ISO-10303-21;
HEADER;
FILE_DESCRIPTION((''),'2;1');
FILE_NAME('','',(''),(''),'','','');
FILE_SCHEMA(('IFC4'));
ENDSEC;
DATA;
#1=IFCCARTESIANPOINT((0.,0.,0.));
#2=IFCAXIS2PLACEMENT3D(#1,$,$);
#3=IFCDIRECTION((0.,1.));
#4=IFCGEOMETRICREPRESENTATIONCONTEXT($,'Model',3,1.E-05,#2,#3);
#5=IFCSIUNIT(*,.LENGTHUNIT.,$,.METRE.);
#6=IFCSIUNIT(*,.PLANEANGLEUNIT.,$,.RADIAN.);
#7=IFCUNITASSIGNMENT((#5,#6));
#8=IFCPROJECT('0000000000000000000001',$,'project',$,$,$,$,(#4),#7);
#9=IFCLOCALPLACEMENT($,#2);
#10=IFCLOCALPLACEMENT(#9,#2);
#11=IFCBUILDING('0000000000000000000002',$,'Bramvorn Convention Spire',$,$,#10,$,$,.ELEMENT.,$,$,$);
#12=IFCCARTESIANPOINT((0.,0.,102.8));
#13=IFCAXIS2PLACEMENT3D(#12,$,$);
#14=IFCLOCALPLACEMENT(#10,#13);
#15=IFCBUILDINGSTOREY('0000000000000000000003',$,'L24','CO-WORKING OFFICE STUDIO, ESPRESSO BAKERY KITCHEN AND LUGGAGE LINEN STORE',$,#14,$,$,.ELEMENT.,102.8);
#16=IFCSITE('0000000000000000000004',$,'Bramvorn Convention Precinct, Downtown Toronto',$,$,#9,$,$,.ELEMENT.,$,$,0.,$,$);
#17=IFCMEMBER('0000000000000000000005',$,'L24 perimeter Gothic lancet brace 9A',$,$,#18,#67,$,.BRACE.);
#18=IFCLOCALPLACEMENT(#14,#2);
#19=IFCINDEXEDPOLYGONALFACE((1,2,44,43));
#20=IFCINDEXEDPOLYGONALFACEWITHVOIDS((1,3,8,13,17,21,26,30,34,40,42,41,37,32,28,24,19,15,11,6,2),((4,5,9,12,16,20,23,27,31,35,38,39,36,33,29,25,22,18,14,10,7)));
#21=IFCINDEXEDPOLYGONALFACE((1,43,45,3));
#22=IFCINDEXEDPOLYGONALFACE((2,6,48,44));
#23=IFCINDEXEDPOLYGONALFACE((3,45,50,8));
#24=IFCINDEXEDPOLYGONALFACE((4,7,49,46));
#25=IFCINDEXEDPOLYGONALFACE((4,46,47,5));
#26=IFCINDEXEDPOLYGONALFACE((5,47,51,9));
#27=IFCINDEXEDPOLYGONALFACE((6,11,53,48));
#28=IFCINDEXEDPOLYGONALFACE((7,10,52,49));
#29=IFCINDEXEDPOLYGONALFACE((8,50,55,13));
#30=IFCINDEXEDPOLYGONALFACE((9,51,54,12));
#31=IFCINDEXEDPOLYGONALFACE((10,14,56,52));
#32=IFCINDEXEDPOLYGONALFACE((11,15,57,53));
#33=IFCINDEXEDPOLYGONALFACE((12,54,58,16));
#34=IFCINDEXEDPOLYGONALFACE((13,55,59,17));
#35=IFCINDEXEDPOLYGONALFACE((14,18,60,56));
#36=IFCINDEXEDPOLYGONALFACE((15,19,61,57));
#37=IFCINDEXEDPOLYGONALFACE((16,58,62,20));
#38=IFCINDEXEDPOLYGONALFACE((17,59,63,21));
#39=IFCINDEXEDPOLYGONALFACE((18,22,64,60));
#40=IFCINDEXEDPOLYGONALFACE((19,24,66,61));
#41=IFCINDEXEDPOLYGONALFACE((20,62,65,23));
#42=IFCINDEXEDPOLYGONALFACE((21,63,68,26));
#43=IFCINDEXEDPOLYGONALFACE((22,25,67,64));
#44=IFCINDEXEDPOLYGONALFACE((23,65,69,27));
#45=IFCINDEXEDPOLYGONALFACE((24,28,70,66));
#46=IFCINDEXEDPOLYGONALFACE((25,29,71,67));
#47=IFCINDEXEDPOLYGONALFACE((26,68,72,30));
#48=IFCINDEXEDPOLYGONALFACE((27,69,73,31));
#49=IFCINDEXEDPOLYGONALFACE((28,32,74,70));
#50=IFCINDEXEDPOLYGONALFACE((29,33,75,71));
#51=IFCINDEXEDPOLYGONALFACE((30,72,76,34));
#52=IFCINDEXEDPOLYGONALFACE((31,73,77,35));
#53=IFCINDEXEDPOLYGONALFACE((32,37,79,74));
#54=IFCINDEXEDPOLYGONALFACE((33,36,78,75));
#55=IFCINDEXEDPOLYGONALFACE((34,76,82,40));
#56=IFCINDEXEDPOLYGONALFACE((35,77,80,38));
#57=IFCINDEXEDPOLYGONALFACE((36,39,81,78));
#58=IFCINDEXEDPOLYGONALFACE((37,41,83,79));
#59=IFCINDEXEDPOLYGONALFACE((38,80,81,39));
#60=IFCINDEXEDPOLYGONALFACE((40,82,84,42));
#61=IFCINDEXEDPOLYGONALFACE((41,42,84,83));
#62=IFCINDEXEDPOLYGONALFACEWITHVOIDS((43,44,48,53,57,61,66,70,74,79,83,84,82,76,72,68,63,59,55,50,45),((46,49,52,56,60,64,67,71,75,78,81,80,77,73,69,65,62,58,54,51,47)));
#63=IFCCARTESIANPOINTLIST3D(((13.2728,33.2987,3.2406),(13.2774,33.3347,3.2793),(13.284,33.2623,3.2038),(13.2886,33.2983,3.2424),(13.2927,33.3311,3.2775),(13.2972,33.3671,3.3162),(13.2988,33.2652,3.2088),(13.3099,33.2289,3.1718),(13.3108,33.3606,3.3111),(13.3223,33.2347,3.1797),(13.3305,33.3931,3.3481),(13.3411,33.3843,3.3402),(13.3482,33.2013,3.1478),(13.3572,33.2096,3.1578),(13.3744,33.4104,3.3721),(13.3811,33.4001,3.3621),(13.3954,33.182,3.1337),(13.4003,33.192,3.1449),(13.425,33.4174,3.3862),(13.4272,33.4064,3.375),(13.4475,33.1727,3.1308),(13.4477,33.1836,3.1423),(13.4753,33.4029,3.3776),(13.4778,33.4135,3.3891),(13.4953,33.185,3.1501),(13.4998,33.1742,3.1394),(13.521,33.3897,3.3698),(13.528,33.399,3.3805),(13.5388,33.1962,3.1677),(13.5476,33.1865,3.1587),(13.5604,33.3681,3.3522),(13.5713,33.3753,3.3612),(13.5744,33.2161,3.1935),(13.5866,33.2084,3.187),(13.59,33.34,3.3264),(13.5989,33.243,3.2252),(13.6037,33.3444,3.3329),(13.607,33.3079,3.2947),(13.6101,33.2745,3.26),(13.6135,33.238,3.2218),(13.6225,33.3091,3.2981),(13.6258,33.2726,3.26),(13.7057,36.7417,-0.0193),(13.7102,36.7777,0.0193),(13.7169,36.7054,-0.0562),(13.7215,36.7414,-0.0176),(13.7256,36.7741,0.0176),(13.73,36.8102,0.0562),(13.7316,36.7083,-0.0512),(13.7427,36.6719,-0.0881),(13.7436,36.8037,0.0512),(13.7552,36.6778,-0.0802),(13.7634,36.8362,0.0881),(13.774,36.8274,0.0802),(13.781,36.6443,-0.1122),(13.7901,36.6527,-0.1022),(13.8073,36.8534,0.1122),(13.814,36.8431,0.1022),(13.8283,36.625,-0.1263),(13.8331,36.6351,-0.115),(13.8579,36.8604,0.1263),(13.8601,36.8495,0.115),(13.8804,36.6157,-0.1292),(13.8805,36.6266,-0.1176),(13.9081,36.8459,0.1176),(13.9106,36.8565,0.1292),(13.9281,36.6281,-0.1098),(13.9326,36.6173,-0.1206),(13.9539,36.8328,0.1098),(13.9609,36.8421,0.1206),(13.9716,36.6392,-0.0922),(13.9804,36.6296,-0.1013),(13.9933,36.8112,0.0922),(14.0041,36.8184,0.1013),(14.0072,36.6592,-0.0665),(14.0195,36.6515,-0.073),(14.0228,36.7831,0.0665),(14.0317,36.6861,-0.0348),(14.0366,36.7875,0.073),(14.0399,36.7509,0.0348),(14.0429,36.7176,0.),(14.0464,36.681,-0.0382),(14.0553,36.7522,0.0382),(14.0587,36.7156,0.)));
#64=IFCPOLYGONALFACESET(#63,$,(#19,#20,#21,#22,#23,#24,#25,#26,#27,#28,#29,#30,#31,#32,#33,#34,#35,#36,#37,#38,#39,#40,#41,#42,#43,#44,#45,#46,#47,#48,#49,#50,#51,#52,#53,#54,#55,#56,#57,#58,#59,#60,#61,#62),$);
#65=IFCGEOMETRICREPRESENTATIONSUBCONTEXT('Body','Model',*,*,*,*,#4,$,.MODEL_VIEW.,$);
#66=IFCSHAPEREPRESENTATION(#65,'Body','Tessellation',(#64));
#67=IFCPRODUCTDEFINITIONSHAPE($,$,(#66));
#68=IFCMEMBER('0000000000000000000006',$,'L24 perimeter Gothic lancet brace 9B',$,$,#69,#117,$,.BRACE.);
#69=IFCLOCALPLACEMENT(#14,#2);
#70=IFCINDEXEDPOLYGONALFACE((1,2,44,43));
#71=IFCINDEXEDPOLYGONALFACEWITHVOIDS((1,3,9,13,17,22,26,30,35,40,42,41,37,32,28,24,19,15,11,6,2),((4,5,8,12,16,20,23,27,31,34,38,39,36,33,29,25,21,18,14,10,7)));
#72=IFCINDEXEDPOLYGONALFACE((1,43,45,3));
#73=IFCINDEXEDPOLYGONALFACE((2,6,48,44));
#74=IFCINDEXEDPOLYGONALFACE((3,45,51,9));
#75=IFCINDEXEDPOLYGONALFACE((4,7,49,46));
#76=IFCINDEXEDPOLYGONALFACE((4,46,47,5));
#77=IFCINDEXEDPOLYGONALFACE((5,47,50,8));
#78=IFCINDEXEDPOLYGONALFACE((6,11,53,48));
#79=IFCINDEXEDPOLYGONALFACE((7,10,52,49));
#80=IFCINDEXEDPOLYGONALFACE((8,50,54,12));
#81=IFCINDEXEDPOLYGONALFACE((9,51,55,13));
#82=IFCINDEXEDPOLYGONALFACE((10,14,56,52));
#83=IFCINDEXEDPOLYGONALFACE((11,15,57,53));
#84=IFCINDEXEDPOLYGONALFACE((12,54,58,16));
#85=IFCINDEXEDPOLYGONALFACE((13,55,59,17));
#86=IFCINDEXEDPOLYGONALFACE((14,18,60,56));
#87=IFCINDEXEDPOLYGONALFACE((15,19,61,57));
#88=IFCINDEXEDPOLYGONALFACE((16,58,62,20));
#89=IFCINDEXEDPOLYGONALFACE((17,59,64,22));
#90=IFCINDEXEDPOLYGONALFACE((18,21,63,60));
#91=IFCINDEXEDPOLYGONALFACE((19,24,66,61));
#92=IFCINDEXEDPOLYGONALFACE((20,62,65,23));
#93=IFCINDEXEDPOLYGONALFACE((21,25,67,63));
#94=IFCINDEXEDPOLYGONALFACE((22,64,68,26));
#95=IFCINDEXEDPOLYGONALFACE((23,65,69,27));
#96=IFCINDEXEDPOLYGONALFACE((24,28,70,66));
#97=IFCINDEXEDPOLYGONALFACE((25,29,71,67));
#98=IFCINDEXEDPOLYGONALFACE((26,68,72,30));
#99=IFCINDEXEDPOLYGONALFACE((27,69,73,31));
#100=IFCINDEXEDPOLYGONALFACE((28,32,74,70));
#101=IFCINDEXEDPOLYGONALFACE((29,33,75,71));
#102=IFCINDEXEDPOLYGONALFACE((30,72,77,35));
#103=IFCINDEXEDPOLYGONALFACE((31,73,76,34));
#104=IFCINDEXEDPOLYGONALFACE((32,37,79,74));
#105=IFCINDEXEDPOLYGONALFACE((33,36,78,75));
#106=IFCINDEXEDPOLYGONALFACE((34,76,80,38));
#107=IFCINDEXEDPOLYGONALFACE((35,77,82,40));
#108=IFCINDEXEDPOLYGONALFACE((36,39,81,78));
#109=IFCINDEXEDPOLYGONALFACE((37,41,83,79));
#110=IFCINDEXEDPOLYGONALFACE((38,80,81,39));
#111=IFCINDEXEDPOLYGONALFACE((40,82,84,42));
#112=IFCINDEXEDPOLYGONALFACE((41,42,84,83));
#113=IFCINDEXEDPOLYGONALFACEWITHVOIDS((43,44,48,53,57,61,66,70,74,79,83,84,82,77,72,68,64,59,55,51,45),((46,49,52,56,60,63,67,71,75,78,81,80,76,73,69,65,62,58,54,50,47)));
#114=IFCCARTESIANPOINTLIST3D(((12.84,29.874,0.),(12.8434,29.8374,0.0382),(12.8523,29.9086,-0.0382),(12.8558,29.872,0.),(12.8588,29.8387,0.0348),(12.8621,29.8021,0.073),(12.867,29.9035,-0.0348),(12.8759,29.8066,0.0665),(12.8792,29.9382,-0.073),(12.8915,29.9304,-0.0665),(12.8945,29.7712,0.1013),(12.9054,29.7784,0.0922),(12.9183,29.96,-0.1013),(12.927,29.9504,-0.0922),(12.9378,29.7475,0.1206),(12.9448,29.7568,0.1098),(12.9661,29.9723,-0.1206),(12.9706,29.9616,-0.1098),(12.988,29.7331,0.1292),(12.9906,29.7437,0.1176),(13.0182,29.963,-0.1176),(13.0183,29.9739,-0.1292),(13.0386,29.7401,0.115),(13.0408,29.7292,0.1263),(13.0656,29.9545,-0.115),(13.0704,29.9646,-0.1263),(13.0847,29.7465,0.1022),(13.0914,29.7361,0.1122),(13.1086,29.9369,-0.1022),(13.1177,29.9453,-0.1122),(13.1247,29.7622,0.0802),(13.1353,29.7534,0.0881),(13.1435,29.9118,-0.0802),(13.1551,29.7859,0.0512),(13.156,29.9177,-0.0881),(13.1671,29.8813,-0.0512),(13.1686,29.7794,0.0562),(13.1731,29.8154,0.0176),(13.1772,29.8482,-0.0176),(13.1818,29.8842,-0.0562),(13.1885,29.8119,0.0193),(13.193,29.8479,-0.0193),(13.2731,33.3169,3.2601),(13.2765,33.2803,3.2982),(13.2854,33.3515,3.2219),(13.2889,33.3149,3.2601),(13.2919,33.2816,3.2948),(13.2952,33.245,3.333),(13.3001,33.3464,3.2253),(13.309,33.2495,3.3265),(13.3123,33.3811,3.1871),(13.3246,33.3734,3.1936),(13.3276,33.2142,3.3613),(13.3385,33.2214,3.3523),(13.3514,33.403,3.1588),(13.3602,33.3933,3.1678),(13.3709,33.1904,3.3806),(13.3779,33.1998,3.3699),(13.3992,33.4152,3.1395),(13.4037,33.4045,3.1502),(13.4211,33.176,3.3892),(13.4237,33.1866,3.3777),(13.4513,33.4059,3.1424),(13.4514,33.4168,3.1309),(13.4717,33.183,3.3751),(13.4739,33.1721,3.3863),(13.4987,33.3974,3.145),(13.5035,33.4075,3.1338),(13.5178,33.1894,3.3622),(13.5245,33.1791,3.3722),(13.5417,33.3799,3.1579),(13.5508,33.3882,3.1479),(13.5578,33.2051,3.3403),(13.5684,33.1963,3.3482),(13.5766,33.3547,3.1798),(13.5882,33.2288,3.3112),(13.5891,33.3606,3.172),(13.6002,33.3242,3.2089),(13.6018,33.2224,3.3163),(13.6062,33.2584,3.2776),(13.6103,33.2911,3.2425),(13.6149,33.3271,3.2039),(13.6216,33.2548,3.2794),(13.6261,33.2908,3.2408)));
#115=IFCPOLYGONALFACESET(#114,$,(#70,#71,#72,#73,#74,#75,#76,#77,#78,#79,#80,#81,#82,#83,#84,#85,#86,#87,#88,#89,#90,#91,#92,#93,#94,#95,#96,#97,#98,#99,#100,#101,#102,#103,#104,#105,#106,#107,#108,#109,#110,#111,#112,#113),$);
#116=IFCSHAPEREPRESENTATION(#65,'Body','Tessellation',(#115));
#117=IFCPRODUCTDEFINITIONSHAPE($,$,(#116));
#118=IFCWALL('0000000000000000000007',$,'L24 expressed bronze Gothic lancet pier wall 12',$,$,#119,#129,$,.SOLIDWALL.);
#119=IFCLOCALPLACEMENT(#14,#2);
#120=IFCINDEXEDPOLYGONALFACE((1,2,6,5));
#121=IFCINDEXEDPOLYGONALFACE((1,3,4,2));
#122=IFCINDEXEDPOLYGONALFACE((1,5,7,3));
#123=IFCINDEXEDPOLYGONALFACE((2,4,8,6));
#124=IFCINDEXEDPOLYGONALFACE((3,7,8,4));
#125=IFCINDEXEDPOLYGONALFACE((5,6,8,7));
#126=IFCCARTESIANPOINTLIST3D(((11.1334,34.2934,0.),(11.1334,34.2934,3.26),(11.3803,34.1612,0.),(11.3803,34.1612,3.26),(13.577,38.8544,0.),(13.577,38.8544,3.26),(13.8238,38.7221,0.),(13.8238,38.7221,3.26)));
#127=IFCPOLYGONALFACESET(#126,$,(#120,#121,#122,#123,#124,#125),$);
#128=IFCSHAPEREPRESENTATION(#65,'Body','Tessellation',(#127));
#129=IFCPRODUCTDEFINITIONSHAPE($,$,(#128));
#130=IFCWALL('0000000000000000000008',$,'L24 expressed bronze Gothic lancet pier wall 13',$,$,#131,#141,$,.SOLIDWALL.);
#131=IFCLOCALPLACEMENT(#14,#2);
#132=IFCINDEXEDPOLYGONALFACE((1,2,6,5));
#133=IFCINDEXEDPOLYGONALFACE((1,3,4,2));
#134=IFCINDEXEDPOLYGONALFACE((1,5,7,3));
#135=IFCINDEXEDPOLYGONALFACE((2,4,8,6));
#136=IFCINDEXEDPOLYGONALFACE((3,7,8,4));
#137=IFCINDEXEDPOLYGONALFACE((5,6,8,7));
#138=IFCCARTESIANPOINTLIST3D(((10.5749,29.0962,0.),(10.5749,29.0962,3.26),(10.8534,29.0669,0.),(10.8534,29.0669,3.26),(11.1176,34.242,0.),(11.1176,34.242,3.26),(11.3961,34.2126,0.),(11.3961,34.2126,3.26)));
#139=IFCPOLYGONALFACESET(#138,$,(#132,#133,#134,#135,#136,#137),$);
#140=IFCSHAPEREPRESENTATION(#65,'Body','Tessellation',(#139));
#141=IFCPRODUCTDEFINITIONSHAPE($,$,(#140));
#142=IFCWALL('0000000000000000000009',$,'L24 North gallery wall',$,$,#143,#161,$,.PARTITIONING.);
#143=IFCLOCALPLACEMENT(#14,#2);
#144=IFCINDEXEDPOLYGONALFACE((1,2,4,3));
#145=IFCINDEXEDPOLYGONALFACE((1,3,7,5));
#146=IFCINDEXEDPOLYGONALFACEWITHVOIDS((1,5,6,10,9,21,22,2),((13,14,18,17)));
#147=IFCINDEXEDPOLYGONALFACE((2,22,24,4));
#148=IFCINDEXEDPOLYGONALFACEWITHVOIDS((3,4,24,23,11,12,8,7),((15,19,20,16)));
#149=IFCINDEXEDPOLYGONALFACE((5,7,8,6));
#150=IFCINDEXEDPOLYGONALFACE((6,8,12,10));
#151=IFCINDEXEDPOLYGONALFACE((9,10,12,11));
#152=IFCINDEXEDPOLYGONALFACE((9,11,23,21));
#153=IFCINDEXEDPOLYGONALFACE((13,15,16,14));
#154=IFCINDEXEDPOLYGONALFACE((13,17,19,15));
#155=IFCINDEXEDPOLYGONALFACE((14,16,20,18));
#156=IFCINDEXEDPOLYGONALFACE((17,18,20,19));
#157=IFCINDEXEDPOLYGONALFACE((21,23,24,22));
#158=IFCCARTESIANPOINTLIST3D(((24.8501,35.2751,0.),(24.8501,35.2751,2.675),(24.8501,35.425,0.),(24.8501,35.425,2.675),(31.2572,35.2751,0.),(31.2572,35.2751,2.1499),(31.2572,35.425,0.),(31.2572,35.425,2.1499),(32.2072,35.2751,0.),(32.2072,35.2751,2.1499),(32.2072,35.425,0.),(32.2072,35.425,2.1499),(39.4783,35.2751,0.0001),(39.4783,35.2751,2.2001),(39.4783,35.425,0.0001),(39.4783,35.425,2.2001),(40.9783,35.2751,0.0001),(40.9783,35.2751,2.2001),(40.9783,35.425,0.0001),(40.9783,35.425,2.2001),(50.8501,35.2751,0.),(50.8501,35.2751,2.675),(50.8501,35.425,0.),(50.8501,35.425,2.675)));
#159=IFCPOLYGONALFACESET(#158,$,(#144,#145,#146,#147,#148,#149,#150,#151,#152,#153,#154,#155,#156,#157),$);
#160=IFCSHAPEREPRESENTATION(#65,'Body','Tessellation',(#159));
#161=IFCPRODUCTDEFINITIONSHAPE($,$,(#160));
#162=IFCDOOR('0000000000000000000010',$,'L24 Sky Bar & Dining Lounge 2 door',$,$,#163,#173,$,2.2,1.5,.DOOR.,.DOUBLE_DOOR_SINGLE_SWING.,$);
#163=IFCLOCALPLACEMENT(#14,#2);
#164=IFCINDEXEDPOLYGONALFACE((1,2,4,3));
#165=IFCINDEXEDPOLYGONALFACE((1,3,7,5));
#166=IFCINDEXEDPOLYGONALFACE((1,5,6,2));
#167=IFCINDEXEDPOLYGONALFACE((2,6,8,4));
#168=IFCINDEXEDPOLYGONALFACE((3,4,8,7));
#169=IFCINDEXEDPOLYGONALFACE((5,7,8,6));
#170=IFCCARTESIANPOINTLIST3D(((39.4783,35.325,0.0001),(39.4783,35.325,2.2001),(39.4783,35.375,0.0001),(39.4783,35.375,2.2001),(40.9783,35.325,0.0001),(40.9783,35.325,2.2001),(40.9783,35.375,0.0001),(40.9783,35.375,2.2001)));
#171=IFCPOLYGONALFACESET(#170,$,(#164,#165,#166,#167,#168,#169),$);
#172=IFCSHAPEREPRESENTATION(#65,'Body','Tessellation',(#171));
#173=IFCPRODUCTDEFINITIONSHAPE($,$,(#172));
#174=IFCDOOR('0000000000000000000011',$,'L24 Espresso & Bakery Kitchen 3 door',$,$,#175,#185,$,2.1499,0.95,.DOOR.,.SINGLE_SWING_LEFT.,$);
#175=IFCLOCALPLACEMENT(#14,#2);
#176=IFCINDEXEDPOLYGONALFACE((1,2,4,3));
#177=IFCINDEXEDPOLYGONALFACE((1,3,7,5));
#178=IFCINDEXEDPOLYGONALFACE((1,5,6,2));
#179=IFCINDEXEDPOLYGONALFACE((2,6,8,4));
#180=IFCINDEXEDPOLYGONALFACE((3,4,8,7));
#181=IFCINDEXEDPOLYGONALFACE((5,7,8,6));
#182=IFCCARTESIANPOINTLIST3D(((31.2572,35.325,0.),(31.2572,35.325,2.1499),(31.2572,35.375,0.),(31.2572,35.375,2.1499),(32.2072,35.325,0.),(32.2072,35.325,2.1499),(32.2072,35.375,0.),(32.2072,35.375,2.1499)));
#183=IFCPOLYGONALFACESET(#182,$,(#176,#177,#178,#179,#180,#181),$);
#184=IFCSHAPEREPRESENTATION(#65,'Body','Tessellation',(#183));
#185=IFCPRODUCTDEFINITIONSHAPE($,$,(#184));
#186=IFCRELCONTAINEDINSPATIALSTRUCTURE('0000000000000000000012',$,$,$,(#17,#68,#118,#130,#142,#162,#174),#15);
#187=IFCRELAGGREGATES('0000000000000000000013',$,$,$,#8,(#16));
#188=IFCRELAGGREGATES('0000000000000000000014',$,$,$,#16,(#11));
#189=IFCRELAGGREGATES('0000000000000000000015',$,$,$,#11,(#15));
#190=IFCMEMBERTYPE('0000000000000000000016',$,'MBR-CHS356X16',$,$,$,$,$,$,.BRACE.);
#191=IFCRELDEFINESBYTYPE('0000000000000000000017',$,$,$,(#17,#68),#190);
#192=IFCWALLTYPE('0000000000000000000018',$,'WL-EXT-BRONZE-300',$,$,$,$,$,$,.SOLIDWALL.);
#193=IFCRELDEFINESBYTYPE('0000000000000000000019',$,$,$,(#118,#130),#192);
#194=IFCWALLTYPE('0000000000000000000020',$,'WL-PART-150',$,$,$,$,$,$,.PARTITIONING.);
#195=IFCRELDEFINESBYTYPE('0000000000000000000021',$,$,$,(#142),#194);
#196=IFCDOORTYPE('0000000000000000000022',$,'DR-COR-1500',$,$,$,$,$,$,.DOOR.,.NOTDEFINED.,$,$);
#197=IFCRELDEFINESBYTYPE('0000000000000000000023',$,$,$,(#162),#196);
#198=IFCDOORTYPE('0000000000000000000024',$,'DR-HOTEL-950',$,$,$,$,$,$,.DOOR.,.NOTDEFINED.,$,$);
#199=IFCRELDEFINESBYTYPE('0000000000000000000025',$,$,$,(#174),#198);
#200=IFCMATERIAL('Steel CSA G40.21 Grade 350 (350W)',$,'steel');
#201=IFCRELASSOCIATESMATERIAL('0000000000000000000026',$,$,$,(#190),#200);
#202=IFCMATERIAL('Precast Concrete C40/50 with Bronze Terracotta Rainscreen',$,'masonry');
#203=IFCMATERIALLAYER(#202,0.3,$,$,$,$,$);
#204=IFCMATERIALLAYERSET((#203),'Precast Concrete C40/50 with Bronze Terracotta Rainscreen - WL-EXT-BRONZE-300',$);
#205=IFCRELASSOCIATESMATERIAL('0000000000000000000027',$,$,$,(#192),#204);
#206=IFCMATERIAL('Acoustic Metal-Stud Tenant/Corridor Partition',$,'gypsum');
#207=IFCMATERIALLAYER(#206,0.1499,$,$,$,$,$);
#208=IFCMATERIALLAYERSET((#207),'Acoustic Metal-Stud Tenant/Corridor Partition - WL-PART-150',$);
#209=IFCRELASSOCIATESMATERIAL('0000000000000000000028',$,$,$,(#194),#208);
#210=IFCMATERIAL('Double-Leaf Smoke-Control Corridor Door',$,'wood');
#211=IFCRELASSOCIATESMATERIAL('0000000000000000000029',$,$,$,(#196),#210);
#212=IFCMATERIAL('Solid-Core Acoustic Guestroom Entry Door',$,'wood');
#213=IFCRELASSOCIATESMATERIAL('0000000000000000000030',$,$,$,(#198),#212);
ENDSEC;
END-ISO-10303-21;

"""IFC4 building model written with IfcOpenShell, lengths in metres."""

from ifc_helpers import new_model, si_unit, direction, frame, frame_2d, origin, origin_2d, place, context, subcontext, project, spatial, rectangle, hollow_circle, extrude, material, layer, layer_set, material_profile, profile_set, type_object, element, fill, save


model = new_model("IFC4")

# Units and contexts
model_context = context("Model", 3, precision=1e-05, world=origin(), true_north=direction((0.0, 1.0)))
body_context = subcontext(model_context, "Body", "Model", "MODEL_VIEW")
ifc_project = project(units=[si_unit("LENGTHUNIT", "METRE"), si_unit("PLANEANGLEUNIT", "RADIAN")], contexts=[model_context])

# Site, building, storey
site_placement = place(None, origin())
site = spatial("IfcSite", under=ifc_project, at=site_placement, Name="Bramvorn Convention Precinct, Downtown Toronto", CompositionType="ELEMENT", RefElevation=0.0)
building_placement = place(site_placement, origin())
building = spatial("IfcBuilding", under=site, at=building_placement, Name="Bramvorn Convention Spire", CompositionType="ELEMENT")
storey_placement = place(building_placement, frame((0.0, 0.0, 102.8)))
storey = spatial("IfcBuildingStorey", under=building, at=storey_placement, Name="L24", Description="CO-WORKING OFFICE STUDIO, ESPRESSO BAKERY KITCHEN AND LUGGAGE LINEN STORE", CompositionType="ELEMENT", Elevation=102.8)

# Shared definitions
ifc_material_1 = material(Name="Steel CSA G40.21 Grade 350 (350W)", Category="steel")

# Members
ifc_material_profile_1 = material_profile(ifc_material_1, hollow_circle(Radius=0.1777, WallThickness=0.0159, at=origin_2d()))
ifc_profile_set_1 = profile_set([ifc_material_profile_1], Name="Steel CSA G40.21 Grade 350 (350W) - CHS356X16")
member_type = type_object("IfcMemberType", Name="MBR-CHS356X16", PredefinedType="BRACE", material=ifc_profile_set_1)
for number, where, z_axis, x_axis, name in (
    (1, (13.8823, 36.7378, 0.0), (-0.090912, -0.723144, 0.684688), (0.99219, -0.124736, 0.0), "L24 perimeter Gothic lancet brace 9A"),
    (2, (13.0164, 29.8518, 0.0), (0.090966, 0.723117, 0.68471), (-0.99218, 0.124814, 0.0), "L24 perimeter Gothic lancet brace 9B"),
):
    element("IfcMember", number, at=place(storey_placement, frame(where, z_axis=z_axis, x_axis=x_axis)), inside=storey, type_object=member_type, Name=name, PredefinedType="BRACE", context=body_context, shape_type="SweptSolid", body=[
        extrude(hollow_circle(Radius=0.1777, WallThickness=0.0159, at=origin_2d()), origin(), (0.0, 0.0, 1.0), 4.7612),
    ])

# Walls
ifc_material_2 = material(Name="Precast Concrete C40/50 with Bronze Terracotta Rainscreen", Category="masonry")
ifc_layer_1 = layer(ifc_material_2, 0.3)
ifc_layer_set_1 = layer_set([ifc_layer_1], Name="Precast Concrete C40/50 with Bronze Terracotta Rainscreen - WL-EXT-BRONZE-300")
wall_type_1 = type_object("IfcWallType", Name="WL-EXT-BRONZE-300", PredefinedType="SOLIDWALL", material=ifc_layer_set_1)
for number, where, z_axis, x_axis, name in (
    (3, (11.2568, 34.2273, 0.0), (0.0, 0.0, 1.0), (0.47225, 0.881465, 0.0), "L24 expressed bronze Gothic lancet pier wall 12"),
    (4, (10.7141, 29.0815, 0.0), (0.0, 0.0, 1.0), (0.104889, 0.994484, 0.0), "L24 expressed bronze Gothic lancet pier wall 13"),
):
    element("IfcWall", number, at=place(storey_placement, frame(where, z_axis=z_axis, x_axis=x_axis)), inside=storey, type_object=wall_type_1, Name=name, PredefinedType="SOLIDWALL", context=body_context, shape_type="SweptSolid", body=[
        extrude(rectangle(XDim=5.1743, YDim=0.28, at=frame_2d((2.5872, 0.0))), origin(), (0.0, 0.0, 1.0), 3.26),
    ])

# Wall, openings, doors
ifc_material_3 = material(Name="Acoustic Metal-Stud Tenant/Corridor Partition", Category="gypsum")
ifc_layer_2 = layer(ifc_material_3, 0.1499)
ifc_layer_set_2 = layer_set([ifc_layer_2], Name="Acoustic Metal-Stud Tenant/Corridor Partition - WL-PART-150")
wall_type_2 = type_object("IfcWallType", Name="WL-PART-150", PredefinedType="PARTITIONING", material=ifc_layer_set_2)
wall_1_placement = place(storey_placement, frame((24.8501, 35.3501, 0.0), z_axis=(0.0, 0.0, 1.0), x_axis=(1.0, 0.0, 0.0)))
wall_1 = element("IfcWall", 5, at=wall_1_placement, inside=storey, type_object=wall_type_2, Name="L24 North gallery wall", PredefinedType="PARTITIONING", context=body_context, shape_type="SweptSolid", body=[
    extrude(rectangle(XDim=26.0, YDim=0.1499, at=frame_2d((13.0, 0.0))), origin(), (0.0, 0.0, 1.0), 2.675),
])
opening_1_placement = place(wall_1_placement, frame((14.6282, 0.0, 0.0)))
opening_1 = element("IfcOpeningElement", 6, at=opening_1_placement, cuts=wall_1, PredefinedType="OPENING", context=body_context, shape_type="SweptSolid", body=[
    extrude(rectangle(XDim=1.5, YDim=2.2, at=frame_2d((0.75, 1.1001))), frame((0.0, 0.085, 0.0), z_axis=(0.0, -1.0, 0.0), x_axis=(1.0, 0.0, 0.0)), (0.0, 0.0, 1.0), 0.1699),
])
opening_2_placement = place(wall_1_placement, frame((6.407, 0.0, 0.0)))
opening_2 = element("IfcOpeningElement", 7, at=opening_2_placement, cuts=wall_1, PredefinedType="OPENING", context=body_context, shape_type="SweptSolid", body=[
    extrude(rectangle(XDim=0.95, YDim=2.1499, at=frame_2d((0.4751, 1.075))), frame((0.0, 0.085, 0.0), z_axis=(0.0, -1.0, 0.0), x_axis=(1.0, 0.0, 0.0)), (0.0, 0.0, 1.0), 0.1699),
])
ifc_material_4 = material(Name="Double-Leaf Smoke-Control Corridor Door", Category="wood")
door_type_1 = type_object("IfcDoorType", Name="DR-COR-1500", OperationType="NOTDEFINED", PredefinedType="DOOR", material=ifc_material_4)
door_1_placement = place(opening_1_placement, origin())
door_1 = element("IfcDoor", 8, at=door_1_placement, inside=storey, type_object=door_type_1, Name="L24 Sky Bar & Dining Lounge 2 door", OperationType="DOUBLE_DOOR_SINGLE_SWING", OverallHeight=2.2, OverallWidth=1.5, PredefinedType="DOOR", context=body_context, shape_type="SweptSolid", body=[
    extrude(rectangle(XDim=1.5, YDim=2.2, at=frame_2d((0.75, 1.1001))), frame((0.0, 0.0249, 0.0), z_axis=(0.0, -1.0, 0.0), x_axis=(1.0, 0.0, 0.0)), (0.0, 0.0, 1.0), 0.05),
])
fill(opening_1, door_1)
ifc_material_5 = material(Name="Solid-Core Acoustic Guestroom Entry Door", Category="wood")
door_type_2 = type_object("IfcDoorType", Name="DR-HOTEL-950", OperationType="NOTDEFINED", PredefinedType="DOOR", material=ifc_material_5)
door_2_placement = place(opening_2_placement, origin())
door_2 = element("IfcDoor", 9, at=door_2_placement, inside=storey, type_object=door_type_2, Name="L24 Espresso & Bakery Kitchen 3 door", OperationType="SINGLE_SWING_LEFT", OverallHeight=2.1499, OverallWidth=0.95, PredefinedType="DOOR", context=body_context, shape_type="SweptSolid", body=[
    extrude(rectangle(XDim=0.95, YDim=2.1499, at=frame_2d((0.4751, 1.075))), frame((0.0, 0.0249, 0.0), z_axis=(0.0, -1.0, 0.0), x_axis=(1.0, 0.0, 0.0)), (0.0, 0.0, 1.0), 0.05),
])
fill(opening_2, door_2)

save(model, "model.ifc")
